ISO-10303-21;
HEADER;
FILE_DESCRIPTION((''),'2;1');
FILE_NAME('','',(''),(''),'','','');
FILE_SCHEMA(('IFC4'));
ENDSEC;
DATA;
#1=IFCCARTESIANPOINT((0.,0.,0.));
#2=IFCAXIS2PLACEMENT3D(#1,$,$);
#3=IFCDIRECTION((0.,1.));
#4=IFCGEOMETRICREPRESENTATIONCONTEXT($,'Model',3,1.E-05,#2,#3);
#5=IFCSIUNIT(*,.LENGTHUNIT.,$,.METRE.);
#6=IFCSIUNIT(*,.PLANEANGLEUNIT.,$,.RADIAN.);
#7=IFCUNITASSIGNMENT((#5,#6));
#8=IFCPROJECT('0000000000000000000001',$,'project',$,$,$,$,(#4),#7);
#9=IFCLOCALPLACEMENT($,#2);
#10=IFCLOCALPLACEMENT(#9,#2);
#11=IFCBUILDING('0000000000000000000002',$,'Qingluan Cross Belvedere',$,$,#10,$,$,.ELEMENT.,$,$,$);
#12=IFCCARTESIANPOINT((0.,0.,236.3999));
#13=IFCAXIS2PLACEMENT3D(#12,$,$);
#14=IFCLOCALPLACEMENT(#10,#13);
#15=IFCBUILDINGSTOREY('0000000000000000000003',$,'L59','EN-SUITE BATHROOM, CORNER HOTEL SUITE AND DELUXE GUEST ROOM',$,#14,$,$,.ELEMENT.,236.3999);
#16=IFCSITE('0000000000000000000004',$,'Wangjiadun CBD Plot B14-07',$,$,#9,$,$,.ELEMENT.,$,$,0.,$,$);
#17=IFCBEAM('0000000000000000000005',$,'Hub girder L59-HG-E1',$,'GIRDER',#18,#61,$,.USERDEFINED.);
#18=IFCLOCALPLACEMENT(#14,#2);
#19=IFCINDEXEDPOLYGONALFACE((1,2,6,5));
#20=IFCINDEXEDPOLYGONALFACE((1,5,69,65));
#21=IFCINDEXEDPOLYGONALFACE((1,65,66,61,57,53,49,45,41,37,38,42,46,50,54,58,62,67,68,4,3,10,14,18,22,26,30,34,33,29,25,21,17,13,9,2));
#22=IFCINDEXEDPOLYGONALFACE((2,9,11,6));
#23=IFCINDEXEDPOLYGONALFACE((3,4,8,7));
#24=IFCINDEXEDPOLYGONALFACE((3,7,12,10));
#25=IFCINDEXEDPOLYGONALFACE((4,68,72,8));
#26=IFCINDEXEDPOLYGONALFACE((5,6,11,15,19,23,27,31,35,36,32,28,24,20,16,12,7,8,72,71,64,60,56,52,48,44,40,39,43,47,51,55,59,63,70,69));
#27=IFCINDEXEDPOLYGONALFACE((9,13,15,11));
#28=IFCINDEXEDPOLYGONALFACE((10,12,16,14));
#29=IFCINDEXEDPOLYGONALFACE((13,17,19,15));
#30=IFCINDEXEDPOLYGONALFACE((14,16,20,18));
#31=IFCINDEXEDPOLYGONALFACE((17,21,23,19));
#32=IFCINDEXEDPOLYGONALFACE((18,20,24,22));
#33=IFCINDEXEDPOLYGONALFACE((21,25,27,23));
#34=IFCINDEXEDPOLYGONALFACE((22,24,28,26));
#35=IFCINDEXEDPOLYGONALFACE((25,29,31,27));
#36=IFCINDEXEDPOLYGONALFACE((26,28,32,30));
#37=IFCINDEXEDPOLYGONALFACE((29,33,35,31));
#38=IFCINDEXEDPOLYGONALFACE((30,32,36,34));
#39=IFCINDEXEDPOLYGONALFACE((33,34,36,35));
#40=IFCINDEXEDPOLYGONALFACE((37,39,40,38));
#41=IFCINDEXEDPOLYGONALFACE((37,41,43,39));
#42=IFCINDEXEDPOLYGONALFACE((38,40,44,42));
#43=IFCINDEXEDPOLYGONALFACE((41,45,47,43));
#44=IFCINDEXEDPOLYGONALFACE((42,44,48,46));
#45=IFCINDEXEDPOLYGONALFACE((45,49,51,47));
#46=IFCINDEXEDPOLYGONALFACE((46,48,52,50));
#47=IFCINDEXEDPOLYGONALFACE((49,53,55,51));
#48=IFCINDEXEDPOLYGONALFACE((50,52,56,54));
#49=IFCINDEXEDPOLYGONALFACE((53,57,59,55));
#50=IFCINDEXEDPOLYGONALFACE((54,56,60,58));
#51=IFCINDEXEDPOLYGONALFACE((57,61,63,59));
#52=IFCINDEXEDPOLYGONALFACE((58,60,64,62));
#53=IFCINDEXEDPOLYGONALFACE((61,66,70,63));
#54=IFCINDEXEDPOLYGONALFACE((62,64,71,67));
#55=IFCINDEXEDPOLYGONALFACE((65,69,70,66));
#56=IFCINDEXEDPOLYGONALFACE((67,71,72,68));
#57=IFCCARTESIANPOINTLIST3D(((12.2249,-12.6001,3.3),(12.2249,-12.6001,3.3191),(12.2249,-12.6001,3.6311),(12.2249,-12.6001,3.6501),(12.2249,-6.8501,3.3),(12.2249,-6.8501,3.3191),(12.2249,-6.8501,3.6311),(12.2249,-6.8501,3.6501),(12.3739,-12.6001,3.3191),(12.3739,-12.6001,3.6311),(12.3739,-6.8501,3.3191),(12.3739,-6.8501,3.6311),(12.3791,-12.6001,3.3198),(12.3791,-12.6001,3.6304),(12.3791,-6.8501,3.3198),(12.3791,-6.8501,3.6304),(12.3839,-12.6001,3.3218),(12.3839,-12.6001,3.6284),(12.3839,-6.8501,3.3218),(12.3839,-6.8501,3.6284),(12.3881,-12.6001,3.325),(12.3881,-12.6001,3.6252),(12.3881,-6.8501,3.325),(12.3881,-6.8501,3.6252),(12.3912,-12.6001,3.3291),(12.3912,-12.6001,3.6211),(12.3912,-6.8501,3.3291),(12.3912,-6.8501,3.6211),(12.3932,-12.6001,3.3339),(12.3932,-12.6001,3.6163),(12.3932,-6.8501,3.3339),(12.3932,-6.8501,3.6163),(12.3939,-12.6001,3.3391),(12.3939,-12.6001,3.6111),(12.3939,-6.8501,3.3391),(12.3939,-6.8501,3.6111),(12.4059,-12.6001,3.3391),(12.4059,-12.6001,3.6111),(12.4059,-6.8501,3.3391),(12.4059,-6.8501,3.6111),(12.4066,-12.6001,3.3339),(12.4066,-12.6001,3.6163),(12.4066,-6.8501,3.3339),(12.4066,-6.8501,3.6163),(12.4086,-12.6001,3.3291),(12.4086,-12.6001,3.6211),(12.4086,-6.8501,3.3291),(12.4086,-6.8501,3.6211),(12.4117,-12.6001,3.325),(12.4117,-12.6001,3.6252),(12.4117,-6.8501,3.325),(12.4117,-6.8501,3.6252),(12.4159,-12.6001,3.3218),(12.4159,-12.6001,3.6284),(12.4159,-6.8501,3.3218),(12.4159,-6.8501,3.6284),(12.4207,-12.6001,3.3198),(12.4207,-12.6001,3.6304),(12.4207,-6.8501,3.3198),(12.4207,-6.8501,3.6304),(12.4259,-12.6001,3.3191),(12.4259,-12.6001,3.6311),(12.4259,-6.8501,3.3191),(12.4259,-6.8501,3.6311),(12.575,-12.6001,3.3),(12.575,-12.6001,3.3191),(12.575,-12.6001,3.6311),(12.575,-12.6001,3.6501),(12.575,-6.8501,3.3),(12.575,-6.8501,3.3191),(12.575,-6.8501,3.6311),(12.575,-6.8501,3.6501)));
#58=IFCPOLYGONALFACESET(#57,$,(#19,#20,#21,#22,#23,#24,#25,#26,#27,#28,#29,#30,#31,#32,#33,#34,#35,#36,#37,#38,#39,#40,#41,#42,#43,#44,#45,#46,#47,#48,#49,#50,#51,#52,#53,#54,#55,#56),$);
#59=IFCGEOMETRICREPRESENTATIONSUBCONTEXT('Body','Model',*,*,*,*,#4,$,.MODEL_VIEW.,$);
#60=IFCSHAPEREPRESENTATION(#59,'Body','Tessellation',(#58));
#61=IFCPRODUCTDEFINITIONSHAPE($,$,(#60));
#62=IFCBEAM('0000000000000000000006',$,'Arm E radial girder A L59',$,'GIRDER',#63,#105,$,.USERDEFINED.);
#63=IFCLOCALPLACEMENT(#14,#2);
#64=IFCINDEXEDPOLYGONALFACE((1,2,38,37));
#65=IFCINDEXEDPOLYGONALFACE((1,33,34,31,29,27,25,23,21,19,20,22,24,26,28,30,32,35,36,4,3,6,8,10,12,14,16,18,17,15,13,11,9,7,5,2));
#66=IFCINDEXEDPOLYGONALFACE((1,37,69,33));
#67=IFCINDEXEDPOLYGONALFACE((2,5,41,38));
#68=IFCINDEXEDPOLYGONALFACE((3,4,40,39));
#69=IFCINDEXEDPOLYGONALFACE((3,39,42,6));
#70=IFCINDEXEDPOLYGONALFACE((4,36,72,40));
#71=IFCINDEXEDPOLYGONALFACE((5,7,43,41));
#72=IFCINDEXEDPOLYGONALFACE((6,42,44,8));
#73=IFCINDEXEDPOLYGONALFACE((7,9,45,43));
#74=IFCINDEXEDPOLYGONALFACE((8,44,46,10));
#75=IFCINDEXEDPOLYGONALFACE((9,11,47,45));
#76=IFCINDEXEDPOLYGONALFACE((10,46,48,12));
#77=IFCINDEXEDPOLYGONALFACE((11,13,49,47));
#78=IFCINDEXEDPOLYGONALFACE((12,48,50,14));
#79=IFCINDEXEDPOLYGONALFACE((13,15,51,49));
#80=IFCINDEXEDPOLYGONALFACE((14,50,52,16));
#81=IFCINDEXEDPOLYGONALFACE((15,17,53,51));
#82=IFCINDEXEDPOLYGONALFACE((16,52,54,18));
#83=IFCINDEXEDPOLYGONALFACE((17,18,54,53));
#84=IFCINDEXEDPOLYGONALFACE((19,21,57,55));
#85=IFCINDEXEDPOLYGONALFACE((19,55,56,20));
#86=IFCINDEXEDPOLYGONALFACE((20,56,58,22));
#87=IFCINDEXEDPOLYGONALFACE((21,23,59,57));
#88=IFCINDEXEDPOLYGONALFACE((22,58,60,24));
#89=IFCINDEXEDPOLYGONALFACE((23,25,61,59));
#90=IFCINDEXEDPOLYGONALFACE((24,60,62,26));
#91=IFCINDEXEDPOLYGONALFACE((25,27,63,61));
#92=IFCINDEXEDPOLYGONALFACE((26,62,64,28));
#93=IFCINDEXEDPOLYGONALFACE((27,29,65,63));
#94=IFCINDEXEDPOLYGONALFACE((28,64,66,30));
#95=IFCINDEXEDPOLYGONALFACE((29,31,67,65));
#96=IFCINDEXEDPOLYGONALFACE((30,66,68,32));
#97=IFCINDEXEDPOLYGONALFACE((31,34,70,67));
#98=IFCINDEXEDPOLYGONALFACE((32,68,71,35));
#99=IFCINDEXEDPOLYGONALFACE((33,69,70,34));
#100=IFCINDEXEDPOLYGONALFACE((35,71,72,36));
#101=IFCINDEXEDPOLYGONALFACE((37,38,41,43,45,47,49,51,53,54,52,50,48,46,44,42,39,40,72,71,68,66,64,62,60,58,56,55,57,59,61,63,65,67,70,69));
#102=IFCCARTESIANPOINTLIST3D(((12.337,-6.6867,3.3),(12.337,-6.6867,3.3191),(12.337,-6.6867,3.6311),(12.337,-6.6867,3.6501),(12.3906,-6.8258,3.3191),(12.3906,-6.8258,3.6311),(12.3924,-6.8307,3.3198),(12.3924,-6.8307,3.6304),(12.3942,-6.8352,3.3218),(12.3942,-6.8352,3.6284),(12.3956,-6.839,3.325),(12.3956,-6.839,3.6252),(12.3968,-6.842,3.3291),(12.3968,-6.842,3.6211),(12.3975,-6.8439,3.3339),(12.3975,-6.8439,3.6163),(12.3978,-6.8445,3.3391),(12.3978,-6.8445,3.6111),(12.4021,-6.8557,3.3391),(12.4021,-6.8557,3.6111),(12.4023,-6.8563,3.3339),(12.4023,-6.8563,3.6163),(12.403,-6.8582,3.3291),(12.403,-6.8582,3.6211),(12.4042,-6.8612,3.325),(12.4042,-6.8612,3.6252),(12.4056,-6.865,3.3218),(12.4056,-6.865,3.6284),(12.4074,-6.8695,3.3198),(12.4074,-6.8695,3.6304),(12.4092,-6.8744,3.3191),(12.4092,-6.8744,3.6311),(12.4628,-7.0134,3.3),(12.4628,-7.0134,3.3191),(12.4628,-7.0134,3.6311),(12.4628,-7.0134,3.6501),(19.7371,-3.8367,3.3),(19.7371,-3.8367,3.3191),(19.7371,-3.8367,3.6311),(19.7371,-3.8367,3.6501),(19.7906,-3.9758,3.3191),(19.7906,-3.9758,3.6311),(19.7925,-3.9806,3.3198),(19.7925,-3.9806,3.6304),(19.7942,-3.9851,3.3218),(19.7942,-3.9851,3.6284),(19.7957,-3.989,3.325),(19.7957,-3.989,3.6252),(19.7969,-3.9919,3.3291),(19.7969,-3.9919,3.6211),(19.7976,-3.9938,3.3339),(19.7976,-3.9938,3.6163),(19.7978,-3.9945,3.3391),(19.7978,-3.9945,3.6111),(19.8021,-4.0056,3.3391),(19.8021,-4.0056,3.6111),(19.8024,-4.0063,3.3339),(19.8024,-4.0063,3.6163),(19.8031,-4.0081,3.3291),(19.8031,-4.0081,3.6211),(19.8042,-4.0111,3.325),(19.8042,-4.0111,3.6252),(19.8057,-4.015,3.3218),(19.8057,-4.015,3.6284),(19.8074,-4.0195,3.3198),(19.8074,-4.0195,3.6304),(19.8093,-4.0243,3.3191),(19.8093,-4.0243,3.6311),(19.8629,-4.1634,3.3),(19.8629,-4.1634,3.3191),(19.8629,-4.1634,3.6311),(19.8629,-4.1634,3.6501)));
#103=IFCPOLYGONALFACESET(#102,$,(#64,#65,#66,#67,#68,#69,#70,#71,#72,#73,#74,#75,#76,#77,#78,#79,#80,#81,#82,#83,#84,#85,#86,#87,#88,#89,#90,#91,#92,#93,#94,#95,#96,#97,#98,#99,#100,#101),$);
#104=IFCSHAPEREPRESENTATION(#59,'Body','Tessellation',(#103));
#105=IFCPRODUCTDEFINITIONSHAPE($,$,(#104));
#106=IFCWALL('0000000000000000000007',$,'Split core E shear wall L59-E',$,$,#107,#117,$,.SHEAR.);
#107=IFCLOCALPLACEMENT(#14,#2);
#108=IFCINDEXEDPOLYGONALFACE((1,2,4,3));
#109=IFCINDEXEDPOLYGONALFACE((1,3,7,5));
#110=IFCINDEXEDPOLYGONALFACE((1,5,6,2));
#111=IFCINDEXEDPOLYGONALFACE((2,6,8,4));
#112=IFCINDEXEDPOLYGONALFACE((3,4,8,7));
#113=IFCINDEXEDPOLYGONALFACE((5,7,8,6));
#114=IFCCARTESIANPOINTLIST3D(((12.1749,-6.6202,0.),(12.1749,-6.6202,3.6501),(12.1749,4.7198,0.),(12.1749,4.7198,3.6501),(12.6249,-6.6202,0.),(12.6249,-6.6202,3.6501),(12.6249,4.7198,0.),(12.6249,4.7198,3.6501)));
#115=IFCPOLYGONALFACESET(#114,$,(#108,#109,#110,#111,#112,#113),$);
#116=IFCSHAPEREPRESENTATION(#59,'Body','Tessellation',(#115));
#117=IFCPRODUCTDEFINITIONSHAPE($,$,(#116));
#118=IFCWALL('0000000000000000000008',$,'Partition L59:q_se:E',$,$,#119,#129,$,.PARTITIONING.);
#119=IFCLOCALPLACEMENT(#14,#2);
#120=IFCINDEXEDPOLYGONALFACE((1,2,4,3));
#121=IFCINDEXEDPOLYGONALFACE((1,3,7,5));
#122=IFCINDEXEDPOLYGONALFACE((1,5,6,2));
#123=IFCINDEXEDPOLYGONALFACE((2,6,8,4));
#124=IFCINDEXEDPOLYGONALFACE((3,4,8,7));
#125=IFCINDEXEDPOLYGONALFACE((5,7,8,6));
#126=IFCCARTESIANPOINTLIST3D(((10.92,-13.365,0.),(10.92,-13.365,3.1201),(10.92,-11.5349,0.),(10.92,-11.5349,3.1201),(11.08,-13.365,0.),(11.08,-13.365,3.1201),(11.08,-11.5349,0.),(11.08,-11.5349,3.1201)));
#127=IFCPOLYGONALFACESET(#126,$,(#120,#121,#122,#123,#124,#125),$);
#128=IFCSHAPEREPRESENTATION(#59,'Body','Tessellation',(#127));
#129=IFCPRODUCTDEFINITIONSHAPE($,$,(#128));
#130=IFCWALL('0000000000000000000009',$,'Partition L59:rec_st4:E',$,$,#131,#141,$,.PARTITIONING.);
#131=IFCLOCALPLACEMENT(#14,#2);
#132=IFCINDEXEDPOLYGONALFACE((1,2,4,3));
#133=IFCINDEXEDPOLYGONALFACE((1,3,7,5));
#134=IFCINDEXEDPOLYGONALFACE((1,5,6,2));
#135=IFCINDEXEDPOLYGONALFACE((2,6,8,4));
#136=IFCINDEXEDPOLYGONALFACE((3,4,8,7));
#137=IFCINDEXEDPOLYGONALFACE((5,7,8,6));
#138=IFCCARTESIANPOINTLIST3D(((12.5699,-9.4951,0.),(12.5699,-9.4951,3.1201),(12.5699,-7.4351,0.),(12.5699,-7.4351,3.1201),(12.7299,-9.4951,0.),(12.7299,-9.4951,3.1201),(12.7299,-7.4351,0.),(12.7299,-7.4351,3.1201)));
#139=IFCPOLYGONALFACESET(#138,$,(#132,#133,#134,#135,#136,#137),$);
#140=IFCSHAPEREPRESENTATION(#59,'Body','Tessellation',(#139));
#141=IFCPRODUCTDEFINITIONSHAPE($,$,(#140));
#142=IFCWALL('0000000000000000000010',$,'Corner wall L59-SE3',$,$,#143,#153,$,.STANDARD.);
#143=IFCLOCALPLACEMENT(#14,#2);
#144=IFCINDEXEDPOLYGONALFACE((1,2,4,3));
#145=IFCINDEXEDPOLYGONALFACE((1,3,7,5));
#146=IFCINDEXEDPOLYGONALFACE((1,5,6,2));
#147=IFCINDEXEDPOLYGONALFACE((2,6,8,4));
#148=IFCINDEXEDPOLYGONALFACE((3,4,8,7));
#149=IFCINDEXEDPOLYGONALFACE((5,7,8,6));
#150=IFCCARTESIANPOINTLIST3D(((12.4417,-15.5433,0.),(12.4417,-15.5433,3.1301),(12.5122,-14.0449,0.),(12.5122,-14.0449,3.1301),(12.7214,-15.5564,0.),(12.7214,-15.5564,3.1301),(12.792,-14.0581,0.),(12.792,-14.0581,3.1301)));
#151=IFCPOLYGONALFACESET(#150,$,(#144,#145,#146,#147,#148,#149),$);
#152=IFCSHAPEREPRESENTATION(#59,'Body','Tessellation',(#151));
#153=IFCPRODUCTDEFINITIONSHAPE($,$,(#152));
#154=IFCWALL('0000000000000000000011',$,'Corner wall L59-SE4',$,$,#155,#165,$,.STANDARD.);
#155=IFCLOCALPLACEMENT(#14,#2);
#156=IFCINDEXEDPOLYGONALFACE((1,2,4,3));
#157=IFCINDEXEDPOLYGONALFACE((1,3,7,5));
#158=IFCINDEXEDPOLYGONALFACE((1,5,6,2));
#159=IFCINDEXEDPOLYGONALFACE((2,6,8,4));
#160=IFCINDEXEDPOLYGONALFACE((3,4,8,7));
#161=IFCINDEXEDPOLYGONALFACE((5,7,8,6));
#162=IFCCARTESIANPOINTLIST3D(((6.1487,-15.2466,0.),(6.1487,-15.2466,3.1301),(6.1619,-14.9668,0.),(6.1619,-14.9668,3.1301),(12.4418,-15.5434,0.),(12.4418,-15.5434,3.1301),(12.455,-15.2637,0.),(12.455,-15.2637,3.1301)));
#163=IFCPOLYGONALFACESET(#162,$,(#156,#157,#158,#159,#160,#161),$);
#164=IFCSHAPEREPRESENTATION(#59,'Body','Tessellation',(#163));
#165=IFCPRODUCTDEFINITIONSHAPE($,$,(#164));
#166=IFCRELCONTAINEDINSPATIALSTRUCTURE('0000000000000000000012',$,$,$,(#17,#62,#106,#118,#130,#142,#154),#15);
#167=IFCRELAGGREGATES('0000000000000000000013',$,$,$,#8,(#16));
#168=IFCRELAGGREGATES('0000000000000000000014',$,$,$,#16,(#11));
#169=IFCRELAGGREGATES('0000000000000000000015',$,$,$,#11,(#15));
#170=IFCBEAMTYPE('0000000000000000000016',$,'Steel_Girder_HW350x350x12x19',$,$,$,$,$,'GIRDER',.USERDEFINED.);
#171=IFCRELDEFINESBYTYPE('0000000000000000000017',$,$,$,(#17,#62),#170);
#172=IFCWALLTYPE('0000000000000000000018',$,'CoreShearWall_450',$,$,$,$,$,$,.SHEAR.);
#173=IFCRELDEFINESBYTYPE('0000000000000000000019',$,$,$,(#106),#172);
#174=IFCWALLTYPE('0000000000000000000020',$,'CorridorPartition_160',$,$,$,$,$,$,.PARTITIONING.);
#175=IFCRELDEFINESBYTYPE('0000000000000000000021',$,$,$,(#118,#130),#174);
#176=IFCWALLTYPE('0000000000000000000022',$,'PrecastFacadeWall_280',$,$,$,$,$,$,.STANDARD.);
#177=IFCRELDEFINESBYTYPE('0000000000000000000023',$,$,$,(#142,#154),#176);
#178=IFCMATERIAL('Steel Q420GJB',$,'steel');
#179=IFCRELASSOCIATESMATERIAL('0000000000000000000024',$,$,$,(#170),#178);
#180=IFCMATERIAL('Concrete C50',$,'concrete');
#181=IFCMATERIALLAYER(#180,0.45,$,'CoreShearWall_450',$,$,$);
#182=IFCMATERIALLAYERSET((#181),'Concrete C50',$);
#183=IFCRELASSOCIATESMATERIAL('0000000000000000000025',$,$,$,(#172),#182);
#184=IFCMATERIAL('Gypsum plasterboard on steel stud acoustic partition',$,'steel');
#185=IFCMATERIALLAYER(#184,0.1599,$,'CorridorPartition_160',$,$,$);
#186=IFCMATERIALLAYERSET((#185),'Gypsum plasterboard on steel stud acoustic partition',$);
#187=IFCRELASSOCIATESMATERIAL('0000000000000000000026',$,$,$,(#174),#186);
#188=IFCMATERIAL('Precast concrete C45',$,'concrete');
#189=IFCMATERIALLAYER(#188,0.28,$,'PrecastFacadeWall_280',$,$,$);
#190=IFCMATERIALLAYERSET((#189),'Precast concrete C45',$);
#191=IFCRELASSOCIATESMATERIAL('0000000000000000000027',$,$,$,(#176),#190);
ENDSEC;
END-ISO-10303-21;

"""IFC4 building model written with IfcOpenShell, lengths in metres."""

from ifc_helpers import new_model, si_unit, direction, frame, frame_2d, origin, origin_2d, place, context, subcontext, project, spatial, rectangle, i_section, extrude, material, layer, layer_set, material_profile, profile_set, type_object, element, save


model = new_model("IFC4")

# Units and contexts
model_context = context("Model", 3, precision=1e-05, world=origin(), true_north=direction((0.0, 1.0)))
body_context = subcontext(model_context, "Body", "Model", "MODEL_VIEW")
ifc_project = project(units=[si_unit("LENGTHUNIT", "METRE"), si_unit("PLANEANGLEUNIT", "RADIAN")], contexts=[model_context])

# Site, building, storey
site_placement = place(None, origin())
site = spatial("IfcSite", under=ifc_project, at=site_placement, Name="Wangjiadun CBD Plot B14-07", CompositionType="ELEMENT", RefElevation=0.0)
building_placement = place(site_placement, origin())
building = spatial("IfcBuilding", under=site, at=building_placement, Name="Qingluan Cross Belvedere", CompositionType="ELEMENT")
storey_placement = place(building_placement, frame((0.0, 0.0, 236.3999)))
storey = spatial("IfcBuildingStorey", under=building, at=storey_placement, Name="L59", Description="EN-SUITE BATHROOM, CORNER HOTEL SUITE AND DELUXE GUEST ROOM", CompositionType="ELEMENT", Elevation=236.3999)

# Beams
ifc_material_1 = material(Name="Steel Q420GJB", Category="steel")
ifc_material_profile_1 = material_profile(ifc_material_1, i_section(OverallWidth=0.3501, OverallDepth=0.3501, WebThickness=0.012, FlangeThickness=0.019, FilletRadius=0.02, at=origin_2d()), Name="HW350x350x12x19")
ifc_profile_set_1 = profile_set([ifc_material_profile_1], Name="Steel Q420GJB")
beam_type_1 = type_object("IfcBeamType", Name="Steel_Girder_HW350x350x12x19", ElementType="GIRDER", PredefinedType="USERDEFINED", material=ifc_profile_set_1)
beam_1_placement = place(storey_placement, frame((12.3999, -12.6001, 3.4751), z_axis=(0.0, 1.0, 0.0), x_axis=(-1.0, 0.0, 0.0)))
element("IfcBeam", 1, at=beam_1_placement, inside=storey, type_object=beam_type_1, Name="Hub girder L59-HG-E1", ObjectType="GIRDER", PredefinedType="USERDEFINED", context=body_context, shape_type="SweptSolid", body=[
    extrude(i_section(OverallWidth=0.3501, OverallDepth=0.3501, WebThickness=0.012, FlangeThickness=0.019, FilletRadius=0.02, at=origin_2d()), origin(), (0.0, 0.0, 1.0), 5.75),
])
beam_2_placement = place(storey_placement, frame((12.3999, -6.8501, 3.4751), z_axis=(0.933181, 0.359406, 0.0), x_axis=(-0.359406, 0.933181, 0.0)))
element("IfcBeam", 2, at=beam_2_placement, inside=storey, type_object=beam_type_1, Name="Arm E radial girder A L59", ObjectType="GIRDER", PredefinedType="USERDEFINED", context=body_context, shape_type="SweptSolid", body=[
    extrude(i_section(OverallWidth=0.3501, OverallDepth=0.3501, WebThickness=0.012, FlangeThickness=0.019, FilletRadius=0.02, at=origin_2d()), origin(), (0.0, 0.0, 1.0), 7.9299),
])

# Walls
ifc_material_2 = material(Name="Concrete C50", Category="concrete")
ifc_layer_1 = layer(ifc_material_2, 0.45, Name="CoreShearWall_450")
ifc_layer_set_1 = layer_set([ifc_layer_1], Name="Concrete C50")
wall_type_1 = type_object("IfcWallType", Name="CoreShearWall_450", PredefinedType="SHEAR", material=ifc_layer_set_1)
wall_1_placement = place(storey_placement, frame((12.3999, -6.6201, 0.0), z_axis=(0.0, 0.0, 1.0), x_axis=(0.0, 1.0, 0.0)))
element("IfcWall", 3, at=wall_1_placement, inside=storey, type_object=wall_type_1, Name="Split core E shear wall L59-E", PredefinedType="SHEAR", context=body_context, shape_type="SweptSolid", body=[
    extrude(rectangle(XDim=11.3401, YDim=0.45, at=frame_2d((5.6699, 0.0))), origin(), (0.0, 0.0, 1.0), 3.6501),
])
ifc_material_3 = material(Name="Gypsum plasterboard on steel stud acoustic partition", Category="steel")
ifc_layer_2 = layer(ifc_material_3, 0.1599, Name="CorridorPartition_160")
ifc_layer_set_2 = layer_set([ifc_layer_2], Name="Gypsum plasterboard on steel stud acoustic partition")
wall_type_2 = type_object("IfcWallType", Name="CorridorPartition_160", PredefinedType="PARTITIONING", material=ifc_layer_set_2)
wall_2_placement = place(storey_placement, frame((11.0, -13.365, 0.0), z_axis=(0.0, 0.0, 1.0), x_axis=(0.0, 1.0, 0.0)))
element("IfcWall", 4, at=wall_2_placement, inside=storey, type_object=wall_type_2, Name="Partition L59:q_se:E", PredefinedType="PARTITIONING", context=body_context, shape_type="SweptSolid", body=[
    extrude(rectangle(XDim=1.8301, YDim=0.1599, at=frame_2d((0.915, 0.0))), origin(), (0.0, 0.0, 1.0), 3.1201),
])
wall_3_placement = place(storey_placement, frame((12.6499, -9.4951, 0.0), z_axis=(0.0, 0.0, 1.0), x_axis=(0.0, 1.0, 0.0)))
element("IfcWall", 5, at=wall_3_placement, inside=storey, type_object=wall_type_2, Name="Partition L59:rec_st4:E", PredefinedType="PARTITIONING", context=body_context, shape_type="SweptSolid", body=[
    extrude(rectangle(XDim=2.0601, YDim=0.1599, at=frame_2d((1.03, 0.0))), origin(), (0.0, 0.0, 1.0), 3.1201),
])
ifc_material_4 = material(Name="Precast concrete C45", Category="concrete")
ifc_layer_3 = layer(ifc_material_4, 0.28, Name="PrecastFacadeWall_280")
ifc_layer_set_3 = layer_set([ifc_layer_3], Name="Precast concrete C45")
wall_type_3 = type_object("IfcWallType", Name="PrecastFacadeWall_280", PredefinedType="STANDARD", material=ifc_layer_set_3)
wall_4_placement = place(storey_placement, frame((12.6521, -14.0515, 0.0), z_axis=(0.0, 0.0, 1.0), x_axis=(-0.047039, -0.998893, 0.0)))
element("IfcWall", 6, at=wall_4_placement, inside=storey, type_object=wall_type_3, Name="Corner wall L59-SE3", PredefinedType="STANDARD", context=body_context, shape_type="SweptSolid", body=[
    extrude(rectangle(XDim=1.5, YDim=0.28, at=frame_2d((0.75, 0.0))), origin(), (0.0, 0.0, 1.0), 3.1301),
])
wall_5_placement = place(storey_placement, frame((12.4482, -15.4036, 0.0), z_axis=(0.0, 0.0, 1.0), x_axis=(-0.998889, 0.047123, 0.0)))
element("IfcWall", 7, at=wall_5_placement, inside=storey, type_object=wall_type_3, Name="Corner wall L59-SE4", PredefinedType="STANDARD", context=body_context, shape_type="SweptSolid", body=[
    extrude(rectangle(XDim=6.3, YDim=0.28, at=frame_2d((3.1499, 0.0))), origin(), (0.0, 0.0, 1.0), 3.1301),
])

save(model, "model.ifc")
